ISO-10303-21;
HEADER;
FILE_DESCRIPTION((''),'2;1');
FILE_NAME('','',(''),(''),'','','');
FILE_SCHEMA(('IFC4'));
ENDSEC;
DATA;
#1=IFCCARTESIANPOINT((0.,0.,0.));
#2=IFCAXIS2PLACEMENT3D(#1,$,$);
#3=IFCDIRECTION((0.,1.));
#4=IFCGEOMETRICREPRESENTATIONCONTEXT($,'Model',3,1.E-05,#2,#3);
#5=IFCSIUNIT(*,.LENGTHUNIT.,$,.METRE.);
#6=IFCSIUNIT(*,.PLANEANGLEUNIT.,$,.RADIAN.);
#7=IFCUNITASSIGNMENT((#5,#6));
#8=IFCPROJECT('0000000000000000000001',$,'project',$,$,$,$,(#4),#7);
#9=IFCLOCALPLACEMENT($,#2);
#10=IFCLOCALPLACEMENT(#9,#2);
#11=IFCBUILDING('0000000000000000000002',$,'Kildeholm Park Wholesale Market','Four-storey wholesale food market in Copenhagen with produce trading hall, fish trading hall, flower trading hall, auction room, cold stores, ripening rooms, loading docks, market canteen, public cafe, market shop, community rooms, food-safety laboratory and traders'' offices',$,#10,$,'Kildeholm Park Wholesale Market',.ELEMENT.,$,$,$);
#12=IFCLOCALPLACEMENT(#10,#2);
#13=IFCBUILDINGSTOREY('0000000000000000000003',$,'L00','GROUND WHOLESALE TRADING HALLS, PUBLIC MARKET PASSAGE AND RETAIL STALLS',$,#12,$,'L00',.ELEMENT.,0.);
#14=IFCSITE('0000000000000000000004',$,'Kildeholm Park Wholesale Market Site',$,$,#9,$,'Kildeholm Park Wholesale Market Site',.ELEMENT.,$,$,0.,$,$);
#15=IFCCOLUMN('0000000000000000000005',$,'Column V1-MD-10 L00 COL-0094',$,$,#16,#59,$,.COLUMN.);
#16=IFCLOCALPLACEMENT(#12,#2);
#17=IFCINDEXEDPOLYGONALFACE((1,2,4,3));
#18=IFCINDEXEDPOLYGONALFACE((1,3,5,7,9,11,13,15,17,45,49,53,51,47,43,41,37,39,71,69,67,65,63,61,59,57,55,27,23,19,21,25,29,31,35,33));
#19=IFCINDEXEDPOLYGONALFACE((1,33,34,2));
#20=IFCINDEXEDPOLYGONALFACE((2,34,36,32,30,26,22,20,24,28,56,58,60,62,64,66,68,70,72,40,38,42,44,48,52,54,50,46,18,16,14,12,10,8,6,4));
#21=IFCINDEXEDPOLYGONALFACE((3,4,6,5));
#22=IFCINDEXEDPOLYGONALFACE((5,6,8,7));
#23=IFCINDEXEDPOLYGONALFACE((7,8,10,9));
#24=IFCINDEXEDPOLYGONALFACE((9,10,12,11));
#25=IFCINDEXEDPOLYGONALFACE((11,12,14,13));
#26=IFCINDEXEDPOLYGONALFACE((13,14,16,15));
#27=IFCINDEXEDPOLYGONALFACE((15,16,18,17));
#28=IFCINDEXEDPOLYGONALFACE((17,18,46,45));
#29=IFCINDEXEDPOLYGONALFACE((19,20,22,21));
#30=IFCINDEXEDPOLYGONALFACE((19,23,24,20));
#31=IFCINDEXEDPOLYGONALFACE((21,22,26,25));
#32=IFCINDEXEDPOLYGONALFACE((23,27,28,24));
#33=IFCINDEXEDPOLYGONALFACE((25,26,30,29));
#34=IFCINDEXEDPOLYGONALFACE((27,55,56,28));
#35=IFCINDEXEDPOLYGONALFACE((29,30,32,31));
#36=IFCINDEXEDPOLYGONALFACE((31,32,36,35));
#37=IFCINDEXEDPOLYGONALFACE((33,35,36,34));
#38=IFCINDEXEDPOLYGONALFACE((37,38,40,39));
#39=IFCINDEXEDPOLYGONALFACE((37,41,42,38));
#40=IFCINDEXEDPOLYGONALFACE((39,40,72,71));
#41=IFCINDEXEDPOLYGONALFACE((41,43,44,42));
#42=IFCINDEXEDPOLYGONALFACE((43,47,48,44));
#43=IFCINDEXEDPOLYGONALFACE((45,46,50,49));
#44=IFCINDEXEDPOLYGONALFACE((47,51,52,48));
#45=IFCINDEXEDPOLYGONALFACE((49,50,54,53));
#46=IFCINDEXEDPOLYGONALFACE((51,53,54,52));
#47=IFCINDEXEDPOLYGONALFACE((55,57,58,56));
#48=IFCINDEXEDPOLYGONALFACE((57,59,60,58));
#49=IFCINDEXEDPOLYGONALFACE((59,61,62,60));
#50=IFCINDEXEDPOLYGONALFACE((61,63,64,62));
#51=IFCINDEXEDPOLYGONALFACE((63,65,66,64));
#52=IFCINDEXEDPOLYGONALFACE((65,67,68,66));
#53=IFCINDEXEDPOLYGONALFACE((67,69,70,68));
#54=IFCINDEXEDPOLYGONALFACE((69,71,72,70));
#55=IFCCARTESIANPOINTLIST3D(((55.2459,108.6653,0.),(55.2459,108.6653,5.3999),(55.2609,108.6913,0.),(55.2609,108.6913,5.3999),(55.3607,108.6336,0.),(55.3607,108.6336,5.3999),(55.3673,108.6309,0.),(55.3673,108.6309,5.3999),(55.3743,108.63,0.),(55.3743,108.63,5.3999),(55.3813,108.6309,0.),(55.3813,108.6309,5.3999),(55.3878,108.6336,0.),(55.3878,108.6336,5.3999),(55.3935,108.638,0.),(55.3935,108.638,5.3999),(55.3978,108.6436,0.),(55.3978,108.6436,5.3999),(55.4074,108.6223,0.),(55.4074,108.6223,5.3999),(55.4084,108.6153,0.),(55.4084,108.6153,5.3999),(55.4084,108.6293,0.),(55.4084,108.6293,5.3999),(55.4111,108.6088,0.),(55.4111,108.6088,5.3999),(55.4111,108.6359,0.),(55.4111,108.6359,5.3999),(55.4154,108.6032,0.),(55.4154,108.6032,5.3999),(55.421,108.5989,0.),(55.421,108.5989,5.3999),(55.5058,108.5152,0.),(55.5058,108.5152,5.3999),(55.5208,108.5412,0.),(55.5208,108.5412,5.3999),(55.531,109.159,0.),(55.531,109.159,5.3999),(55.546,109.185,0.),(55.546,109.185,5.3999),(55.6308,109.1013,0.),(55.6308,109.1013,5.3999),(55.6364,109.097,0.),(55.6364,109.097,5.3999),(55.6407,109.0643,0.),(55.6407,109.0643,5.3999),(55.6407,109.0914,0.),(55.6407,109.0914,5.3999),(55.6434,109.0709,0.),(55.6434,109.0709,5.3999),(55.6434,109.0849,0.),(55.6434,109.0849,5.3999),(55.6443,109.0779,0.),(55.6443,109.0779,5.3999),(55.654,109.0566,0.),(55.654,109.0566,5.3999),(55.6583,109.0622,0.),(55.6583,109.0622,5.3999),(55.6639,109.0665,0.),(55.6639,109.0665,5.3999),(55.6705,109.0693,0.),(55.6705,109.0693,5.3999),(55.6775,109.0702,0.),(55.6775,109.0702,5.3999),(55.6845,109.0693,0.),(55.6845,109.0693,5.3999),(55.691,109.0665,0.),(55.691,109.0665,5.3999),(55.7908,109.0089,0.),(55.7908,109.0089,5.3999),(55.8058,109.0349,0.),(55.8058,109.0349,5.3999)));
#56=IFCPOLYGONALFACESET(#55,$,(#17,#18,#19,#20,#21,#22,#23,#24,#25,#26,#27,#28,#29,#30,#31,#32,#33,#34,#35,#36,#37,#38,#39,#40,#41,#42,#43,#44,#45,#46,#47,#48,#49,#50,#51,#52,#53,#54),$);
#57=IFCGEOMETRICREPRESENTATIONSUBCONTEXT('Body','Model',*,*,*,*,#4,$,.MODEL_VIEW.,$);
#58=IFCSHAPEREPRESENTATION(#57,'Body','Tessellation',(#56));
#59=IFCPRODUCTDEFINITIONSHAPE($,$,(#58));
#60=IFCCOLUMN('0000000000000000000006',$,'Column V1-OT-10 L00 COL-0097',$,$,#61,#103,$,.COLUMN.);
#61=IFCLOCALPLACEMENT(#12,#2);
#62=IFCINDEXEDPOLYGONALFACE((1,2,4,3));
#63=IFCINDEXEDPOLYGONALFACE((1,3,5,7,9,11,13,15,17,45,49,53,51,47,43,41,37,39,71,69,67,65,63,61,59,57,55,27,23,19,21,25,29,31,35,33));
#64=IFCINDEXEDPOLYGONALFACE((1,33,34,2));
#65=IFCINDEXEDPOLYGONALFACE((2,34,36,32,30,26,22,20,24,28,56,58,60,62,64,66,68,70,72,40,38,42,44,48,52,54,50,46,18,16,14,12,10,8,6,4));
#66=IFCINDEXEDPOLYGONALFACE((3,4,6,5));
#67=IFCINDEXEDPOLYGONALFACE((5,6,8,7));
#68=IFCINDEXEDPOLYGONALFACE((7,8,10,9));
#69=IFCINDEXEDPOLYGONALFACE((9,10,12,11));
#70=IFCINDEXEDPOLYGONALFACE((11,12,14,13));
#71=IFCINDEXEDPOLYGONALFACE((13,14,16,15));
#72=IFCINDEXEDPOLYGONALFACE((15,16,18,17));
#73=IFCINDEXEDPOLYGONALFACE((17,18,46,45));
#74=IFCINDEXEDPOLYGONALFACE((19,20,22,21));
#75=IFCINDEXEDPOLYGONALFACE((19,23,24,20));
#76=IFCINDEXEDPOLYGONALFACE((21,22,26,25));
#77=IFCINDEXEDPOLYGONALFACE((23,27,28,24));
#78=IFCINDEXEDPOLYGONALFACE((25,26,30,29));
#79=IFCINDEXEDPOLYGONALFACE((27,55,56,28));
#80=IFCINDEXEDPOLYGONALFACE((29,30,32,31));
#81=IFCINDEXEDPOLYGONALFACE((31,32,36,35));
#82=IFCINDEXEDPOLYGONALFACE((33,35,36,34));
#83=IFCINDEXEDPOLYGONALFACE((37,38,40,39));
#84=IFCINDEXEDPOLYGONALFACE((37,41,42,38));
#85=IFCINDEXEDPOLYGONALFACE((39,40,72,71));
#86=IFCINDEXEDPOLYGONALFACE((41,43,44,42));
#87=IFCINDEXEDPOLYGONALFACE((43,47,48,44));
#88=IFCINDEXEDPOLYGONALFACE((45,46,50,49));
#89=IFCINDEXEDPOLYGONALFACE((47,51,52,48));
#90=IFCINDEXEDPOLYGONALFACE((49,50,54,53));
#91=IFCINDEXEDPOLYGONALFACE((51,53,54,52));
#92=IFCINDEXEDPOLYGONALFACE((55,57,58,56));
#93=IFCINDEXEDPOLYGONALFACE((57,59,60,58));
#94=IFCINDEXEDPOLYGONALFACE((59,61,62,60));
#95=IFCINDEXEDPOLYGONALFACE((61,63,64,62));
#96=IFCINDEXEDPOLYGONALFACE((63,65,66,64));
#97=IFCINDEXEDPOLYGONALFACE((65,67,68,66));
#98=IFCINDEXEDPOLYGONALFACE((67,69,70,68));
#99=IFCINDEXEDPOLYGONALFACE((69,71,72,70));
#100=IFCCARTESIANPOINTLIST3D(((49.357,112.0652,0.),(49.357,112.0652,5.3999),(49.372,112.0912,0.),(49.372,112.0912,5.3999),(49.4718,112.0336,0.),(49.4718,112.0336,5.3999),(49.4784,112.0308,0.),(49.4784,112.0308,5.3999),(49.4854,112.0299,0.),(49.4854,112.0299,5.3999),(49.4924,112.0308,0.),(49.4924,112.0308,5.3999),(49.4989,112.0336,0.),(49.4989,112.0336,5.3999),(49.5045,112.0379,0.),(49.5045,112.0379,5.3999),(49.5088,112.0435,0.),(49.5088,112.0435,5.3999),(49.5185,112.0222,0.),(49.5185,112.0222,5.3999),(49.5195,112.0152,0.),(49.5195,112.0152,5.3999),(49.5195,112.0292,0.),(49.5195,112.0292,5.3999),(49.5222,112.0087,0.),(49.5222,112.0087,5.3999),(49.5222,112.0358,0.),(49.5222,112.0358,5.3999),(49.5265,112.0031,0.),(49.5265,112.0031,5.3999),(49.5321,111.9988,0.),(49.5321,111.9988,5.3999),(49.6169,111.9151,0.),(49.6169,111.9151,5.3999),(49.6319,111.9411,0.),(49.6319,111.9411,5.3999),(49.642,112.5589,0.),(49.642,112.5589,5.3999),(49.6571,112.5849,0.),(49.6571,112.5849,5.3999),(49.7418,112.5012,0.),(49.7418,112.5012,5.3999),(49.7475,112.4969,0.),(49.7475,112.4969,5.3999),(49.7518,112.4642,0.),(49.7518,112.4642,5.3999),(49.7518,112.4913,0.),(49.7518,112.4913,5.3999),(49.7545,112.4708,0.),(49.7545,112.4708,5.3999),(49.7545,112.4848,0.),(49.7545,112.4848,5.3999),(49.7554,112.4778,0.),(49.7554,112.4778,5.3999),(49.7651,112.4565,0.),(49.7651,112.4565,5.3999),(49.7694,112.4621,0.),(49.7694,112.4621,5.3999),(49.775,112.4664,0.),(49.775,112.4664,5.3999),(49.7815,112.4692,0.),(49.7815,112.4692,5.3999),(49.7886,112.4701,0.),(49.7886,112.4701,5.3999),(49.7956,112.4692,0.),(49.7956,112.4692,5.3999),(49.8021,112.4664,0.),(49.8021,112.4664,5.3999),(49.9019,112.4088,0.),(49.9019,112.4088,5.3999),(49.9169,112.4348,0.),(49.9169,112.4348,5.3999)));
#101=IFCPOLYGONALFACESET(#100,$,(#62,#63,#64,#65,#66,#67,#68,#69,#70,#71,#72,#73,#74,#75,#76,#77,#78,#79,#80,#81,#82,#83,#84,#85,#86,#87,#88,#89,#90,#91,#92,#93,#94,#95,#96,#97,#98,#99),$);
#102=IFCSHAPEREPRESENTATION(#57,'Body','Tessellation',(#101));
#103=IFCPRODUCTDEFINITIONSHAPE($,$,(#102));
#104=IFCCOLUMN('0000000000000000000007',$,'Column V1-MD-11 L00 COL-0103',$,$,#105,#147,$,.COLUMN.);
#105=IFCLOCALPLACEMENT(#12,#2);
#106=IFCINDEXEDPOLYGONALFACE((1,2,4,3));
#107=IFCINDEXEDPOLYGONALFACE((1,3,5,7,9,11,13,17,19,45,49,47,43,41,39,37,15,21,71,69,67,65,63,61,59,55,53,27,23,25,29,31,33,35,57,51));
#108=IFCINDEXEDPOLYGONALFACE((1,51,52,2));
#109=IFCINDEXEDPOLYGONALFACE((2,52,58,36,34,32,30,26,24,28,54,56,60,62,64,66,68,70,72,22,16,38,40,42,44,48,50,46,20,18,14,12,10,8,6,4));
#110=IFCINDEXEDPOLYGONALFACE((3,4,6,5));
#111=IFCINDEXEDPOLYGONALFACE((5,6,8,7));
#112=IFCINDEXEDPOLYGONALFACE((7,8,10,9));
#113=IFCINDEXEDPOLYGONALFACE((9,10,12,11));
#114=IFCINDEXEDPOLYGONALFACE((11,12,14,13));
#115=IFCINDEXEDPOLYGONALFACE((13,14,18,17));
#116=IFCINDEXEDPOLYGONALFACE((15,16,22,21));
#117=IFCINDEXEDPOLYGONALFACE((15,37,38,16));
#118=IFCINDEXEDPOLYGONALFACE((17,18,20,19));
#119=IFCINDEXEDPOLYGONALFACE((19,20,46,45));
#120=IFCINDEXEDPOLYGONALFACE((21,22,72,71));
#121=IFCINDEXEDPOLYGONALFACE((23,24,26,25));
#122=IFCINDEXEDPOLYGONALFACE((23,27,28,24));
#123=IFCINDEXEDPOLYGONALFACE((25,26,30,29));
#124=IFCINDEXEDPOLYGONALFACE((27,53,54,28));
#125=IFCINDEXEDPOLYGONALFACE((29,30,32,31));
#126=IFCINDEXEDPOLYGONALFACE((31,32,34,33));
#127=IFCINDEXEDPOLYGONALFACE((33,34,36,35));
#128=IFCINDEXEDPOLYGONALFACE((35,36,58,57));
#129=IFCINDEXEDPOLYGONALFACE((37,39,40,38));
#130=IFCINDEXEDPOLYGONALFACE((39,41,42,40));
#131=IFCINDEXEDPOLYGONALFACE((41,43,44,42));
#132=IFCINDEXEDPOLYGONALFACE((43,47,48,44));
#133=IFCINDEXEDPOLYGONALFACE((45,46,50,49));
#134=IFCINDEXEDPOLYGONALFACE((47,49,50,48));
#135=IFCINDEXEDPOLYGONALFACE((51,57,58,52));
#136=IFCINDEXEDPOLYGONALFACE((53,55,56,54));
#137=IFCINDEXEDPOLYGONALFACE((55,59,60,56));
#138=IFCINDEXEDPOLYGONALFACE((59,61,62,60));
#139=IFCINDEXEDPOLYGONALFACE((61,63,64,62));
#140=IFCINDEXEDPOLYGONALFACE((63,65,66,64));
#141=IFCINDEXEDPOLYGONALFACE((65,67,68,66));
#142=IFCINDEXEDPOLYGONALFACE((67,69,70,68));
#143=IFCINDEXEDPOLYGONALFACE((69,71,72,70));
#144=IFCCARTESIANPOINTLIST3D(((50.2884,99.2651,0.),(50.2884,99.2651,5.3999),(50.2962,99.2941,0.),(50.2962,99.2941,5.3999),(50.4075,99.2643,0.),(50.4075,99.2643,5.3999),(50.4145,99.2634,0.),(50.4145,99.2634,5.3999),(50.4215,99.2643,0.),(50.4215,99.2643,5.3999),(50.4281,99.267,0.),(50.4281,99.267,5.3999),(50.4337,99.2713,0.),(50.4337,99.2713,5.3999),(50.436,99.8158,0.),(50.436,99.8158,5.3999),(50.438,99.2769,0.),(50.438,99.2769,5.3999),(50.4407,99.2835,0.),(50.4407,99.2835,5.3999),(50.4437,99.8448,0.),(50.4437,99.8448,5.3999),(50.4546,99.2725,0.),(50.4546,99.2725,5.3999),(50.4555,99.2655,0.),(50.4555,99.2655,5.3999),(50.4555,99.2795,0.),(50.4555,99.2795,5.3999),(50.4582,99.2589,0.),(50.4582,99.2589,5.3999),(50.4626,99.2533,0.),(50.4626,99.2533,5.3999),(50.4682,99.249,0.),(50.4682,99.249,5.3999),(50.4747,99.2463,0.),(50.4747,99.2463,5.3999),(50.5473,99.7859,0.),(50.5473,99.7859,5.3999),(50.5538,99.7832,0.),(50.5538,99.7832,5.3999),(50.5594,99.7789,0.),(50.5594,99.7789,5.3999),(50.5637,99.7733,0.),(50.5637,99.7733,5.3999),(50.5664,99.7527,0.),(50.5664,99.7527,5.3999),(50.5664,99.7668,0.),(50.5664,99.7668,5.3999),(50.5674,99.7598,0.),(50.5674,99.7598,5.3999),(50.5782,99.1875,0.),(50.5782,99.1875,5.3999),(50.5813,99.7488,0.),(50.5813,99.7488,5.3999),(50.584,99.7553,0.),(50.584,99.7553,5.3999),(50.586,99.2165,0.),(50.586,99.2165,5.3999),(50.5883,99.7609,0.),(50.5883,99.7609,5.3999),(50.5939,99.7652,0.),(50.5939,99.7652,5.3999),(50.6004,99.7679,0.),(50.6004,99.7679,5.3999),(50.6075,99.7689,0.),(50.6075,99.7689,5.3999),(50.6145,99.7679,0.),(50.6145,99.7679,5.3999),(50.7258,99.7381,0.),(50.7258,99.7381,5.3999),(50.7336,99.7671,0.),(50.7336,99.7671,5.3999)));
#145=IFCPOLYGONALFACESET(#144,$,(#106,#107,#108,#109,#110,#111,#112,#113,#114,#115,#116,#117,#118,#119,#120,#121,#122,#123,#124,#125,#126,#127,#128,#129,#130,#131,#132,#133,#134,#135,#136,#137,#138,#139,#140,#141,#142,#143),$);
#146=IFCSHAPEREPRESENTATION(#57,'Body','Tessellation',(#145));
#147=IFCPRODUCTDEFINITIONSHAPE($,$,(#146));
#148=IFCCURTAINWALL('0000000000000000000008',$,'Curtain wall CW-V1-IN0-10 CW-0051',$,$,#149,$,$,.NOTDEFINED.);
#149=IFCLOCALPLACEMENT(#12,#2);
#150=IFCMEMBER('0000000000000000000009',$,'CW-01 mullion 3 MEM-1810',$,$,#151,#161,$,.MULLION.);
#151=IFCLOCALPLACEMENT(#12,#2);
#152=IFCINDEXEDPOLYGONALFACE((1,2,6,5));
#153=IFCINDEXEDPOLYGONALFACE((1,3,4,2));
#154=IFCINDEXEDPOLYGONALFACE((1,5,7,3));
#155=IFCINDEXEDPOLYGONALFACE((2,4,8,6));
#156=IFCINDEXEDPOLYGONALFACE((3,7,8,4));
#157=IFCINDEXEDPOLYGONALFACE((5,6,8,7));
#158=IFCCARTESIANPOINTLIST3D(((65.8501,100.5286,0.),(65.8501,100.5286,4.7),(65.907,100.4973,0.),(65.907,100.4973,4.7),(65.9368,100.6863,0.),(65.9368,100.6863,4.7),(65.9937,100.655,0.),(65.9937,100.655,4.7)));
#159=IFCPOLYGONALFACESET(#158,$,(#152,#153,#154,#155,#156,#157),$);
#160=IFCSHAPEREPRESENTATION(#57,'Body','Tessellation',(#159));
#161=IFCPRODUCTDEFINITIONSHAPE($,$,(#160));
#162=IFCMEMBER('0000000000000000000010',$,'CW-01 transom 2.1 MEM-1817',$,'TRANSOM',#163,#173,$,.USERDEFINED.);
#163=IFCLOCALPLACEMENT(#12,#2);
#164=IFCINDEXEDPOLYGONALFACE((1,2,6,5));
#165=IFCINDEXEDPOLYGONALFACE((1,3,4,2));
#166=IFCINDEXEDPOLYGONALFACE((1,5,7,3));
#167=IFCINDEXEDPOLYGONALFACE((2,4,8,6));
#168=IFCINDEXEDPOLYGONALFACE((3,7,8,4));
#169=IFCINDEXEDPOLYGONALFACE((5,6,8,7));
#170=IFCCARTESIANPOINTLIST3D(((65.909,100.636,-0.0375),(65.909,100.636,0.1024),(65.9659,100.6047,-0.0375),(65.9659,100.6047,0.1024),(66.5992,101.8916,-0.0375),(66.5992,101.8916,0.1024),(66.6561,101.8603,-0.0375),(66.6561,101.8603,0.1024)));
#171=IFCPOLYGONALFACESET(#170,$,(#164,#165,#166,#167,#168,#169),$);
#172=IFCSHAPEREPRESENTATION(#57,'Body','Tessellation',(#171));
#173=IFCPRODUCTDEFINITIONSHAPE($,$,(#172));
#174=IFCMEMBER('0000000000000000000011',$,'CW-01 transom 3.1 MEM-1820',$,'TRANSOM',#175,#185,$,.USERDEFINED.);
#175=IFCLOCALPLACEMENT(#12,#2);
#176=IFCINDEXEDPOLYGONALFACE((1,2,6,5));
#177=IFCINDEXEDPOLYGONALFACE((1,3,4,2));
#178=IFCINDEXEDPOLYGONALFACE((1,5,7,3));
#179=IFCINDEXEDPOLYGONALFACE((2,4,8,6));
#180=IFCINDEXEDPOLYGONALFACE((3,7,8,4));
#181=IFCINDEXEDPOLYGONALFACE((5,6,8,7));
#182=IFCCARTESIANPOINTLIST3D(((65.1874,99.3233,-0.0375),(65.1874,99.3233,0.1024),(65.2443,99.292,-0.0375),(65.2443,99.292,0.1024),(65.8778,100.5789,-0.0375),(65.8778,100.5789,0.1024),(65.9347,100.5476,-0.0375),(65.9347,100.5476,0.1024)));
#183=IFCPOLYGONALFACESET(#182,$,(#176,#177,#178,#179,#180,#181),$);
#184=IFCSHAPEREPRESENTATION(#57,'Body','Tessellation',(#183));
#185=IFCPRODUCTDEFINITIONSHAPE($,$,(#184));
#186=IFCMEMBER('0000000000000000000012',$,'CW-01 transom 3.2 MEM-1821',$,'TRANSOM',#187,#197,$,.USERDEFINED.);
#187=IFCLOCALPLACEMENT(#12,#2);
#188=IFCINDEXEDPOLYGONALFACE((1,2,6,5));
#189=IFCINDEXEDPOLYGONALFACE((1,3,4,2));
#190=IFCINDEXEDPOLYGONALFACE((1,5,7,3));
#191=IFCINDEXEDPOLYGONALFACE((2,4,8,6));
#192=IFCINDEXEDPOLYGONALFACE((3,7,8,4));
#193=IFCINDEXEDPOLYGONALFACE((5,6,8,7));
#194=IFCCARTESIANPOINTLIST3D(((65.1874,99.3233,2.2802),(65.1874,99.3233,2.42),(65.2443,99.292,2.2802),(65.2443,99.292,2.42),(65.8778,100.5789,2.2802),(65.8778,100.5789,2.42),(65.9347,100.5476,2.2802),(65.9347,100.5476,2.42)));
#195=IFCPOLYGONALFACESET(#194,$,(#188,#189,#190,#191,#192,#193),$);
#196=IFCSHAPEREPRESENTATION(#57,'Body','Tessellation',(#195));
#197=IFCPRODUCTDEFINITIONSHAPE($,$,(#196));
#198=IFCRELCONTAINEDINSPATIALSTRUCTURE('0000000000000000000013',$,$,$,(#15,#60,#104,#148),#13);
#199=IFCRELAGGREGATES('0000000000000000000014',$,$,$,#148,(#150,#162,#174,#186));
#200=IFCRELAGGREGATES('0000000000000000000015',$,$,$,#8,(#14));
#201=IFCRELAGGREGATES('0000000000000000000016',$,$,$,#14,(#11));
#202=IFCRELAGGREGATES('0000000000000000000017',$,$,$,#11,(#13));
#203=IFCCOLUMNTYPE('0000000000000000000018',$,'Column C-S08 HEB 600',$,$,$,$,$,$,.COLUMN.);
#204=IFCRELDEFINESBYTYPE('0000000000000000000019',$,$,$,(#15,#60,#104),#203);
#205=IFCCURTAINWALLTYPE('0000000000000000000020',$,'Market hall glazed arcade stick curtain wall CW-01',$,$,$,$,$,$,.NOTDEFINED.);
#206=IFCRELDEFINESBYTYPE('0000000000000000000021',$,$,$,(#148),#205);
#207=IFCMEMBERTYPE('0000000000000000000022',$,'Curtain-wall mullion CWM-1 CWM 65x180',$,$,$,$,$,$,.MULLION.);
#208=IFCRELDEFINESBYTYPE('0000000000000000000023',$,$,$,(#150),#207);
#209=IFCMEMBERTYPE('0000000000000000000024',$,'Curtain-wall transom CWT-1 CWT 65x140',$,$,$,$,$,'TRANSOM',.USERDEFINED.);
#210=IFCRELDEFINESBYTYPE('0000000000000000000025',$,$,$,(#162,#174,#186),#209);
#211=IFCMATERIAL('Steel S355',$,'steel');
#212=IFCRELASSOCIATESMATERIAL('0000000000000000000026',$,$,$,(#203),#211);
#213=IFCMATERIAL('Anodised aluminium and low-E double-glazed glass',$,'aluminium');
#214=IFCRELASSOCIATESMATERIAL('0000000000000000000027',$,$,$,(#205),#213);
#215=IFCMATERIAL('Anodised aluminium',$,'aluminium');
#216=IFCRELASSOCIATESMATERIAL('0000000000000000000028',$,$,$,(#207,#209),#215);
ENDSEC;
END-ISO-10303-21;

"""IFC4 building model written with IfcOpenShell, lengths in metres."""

from ifc_helpers import new_model, si_unit, direction, frame, origin, origin_2d, place, context, subcontext, project, spatial, rectangle, i_section, extrude, material, material_profile, profile_set, type_object, element, aggregate, save


model = new_model("IFC4")

# Units and contexts
model_context = context("Model", 3, precision=1e-05, world=origin(), true_north=direction((0.0, 1.0)))
body_context = subcontext(model_context, "Body", "Model", "MODEL_VIEW")
ifc_project = project(units=[si_unit("LENGTHUNIT", "METRE"), si_unit("PLANEANGLEUNIT", "RADIAN")], contexts=[model_context])

# Site, building, storey
site_placement = place(None, origin())
site = spatial("IfcSite", under=ifc_project, at=site_placement, Name="Kildeholm Park Wholesale Market Site", LongName="Kildeholm Park Wholesale Market Site", CompositionType="ELEMENT", RefElevation=0.0)
building_placement = place(site_placement, origin())
building = spatial("IfcBuilding", under=site, at=building_placement, Name="Kildeholm Park Wholesale Market", Description="Four-storey wholesale food market in Copenhagen with produce trading hall, fish trading hall, flower trading hall, auction room, cold stores, ripening rooms, loading docks, market canteen, public cafe, market shop, community rooms, food-safety laboratory and traders' offices", LongName="Kildeholm Park Wholesale Market", CompositionType="ELEMENT")
storey_placement = place(building_placement, origin())
storey = spatial("IfcBuildingStorey", under=building, at=storey_placement, Name="L00", Description="GROUND WHOLESALE TRADING HALLS, PUBLIC MARKET PASSAGE AND RETAIL STALLS", LongName="L00", CompositionType="ELEMENT", Elevation=0.0)

# Columns
ifc_material_1 = material(Name="Steel S355", Category="steel")
ifc_material_profile_1 = material_profile(ifc_material_1, i_section(OverallWidth=0.3, OverallDepth=0.6001, WebThickness=0.0154, FlangeThickness=0.03, FilletRadius=0.0271, at=origin_2d()), Name="HEB 600")
ifc_profile_set_1 = profile_set([ifc_material_profile_1], Name="Steel S355")
column_type = type_object("IfcColumnType", Name="Column C-S08 HEB 600", PredefinedType="COLUMN", material=ifc_profile_set_1)
for number, where, z_axis, x_axis, name in (
    (1, (55.5259, 108.8501, 0.0), (0.0, 0.0, 1.0), (-0.866025, 0.5, 0.0), "Column V1-MD-10 L00 COL-0094"),
    (2, (49.637, 112.25, 0.0), (0.0, 0.0, 1.0), (-0.866025, 0.5, 0.0), "Column V1-OT-10 L00 COL-0097"),
    (3, (50.511, 99.5161, 0.0), (0.0, 0.0, 1.0), (-0.965926, 0.258819, 0.0), "Column V1-MD-11 L00 COL-0103"),
):
    element("IfcColumn", number, at=place(storey_placement, frame(where, z_axis=z_axis, x_axis=x_axis)), inside=storey, type_object=column_type, Name=name, PredefinedType="COLUMN", context=body_context, shape_type="SweptSolid", body=[
        extrude(i_section(OverallWidth=0.3, OverallDepth=0.6001, WebThickness=0.0154, FlangeThickness=0.03, FilletRadius=0.0271, at=origin_2d()), origin(), (0.0, 0.0, 1.0), 5.3999),
    ])

# Curtain wall, members
ifc_material_2 = material(Name="Anodised aluminium and low-E double-glazed glass", Category="aluminium")
curtain_wall_type = type_object("IfcCurtainWallType", Name="Market hall glazed arcade stick curtain wall CW-01", PredefinedType="NOTDEFINED", material=ifc_material_2)
curtain_wall_placement = place(storey_placement, origin())
curtain_wall = element("IfcCurtainWall", 4, at=curtain_wall_placement, inside=storey, type_object=curtain_wall_type, Name="Curtain wall CW-V1-IN0-10 CW-0051", PredefinedType="NOTDEFINED")
ifc_material_3 = material(Name="Anodised aluminium", Category="aluminium")
ifc_material_profile_2 = material_profile(ifc_material_3, rectangle(XDim=0.0649, YDim=0.1799, at=origin_2d()), Name="CWM 65x180")
ifc_profile_set_2 = profile_set([ifc_material_profile_2], Name="Anodised aluminium")
member_type_1 = type_object("IfcMemberType", Name="Curtain-wall mullion CWM-1 CWM 65x180", PredefinedType="MULLION", material=ifc_profile_set_2)
member_1_placement = place(storey_placement, frame((65.9219, 100.5918, 0.0), z_axis=(0.0, 0.0, 1.0), x_axis=(0.876309, -0.48175, 0.0)))
member_1 = element("IfcMember", 5, at=member_1_placement, type_object=member_type_1, Name="CW-01 mullion 3 MEM-1810", PredefinedType="MULLION", context=body_context, shape_type="SweptSolid", body=[
    extrude(rectangle(XDim=0.0649, YDim=0.1799, at=origin_2d()), origin(), (0.0, 0.0, 1.0), 4.7),
])
ifc_material_profile_3 = material_profile(ifc_material_3, rectangle(XDim=0.0649, YDim=0.1399, at=origin_2d()), Name="CWT 65x140")
ifc_profile_set_3 = profile_set([ifc_material_profile_3], Name="Anodised aluminium")
member_type_2 = type_object("IfcMemberType", Name="Curtain-wall transom CWT-1 CWT 65x140", ElementType="TRANSOM", PredefinedType="USERDEFINED", material=ifc_profile_set_3)
member_2_placement = place(storey_placement, frame((66.6277, 101.876, 0.0325), z_axis=(-0.481703, -0.876335, 0.0), x_axis=(0.876335, -0.481703, 0.0)))
member_2 = element("IfcMember", 6, at=member_2_placement, type_object=member_type_2, Name="CW-01 transom 2.1 MEM-1817", ObjectType="TRANSOM", PredefinedType="USERDEFINED", context=body_context, shape_type="SweptSolid", body=[
    extrude(rectangle(XDim=0.0649, YDim=0.1399, at=origin_2d()), origin(), (0.0, 0.0, 1.0), 1.4329),
])
member_3_placement = place(storey_placement, frame((65.9062, 100.5632, 0.0325), z_axis=(-0.481834, -0.876263, 0.0), x_axis=(0.876263, -0.481834, 0.0)))
member_3 = element("IfcMember", 7, at=member_3_placement, type_object=member_type_2, Name="CW-01 transom 3.1 MEM-1820", ObjectType="TRANSOM", PredefinedType="USERDEFINED", context=body_context, shape_type="SweptSolid", body=[
    extrude(rectangle(XDim=0.0649, YDim=0.1399, at=origin_2d()), origin(), (0.0, 0.0, 1.0), 1.4329),
])
member_4_placement = place(storey_placement, frame((65.9062, 100.5632, 2.3501), z_axis=(-0.481834, -0.876263, 0.0), x_axis=(0.876263, -0.481834, 0.0)))
member_4 = element("IfcMember", 8, at=member_4_placement, type_object=member_type_2, Name="CW-01 transom 3.2 MEM-1821", ObjectType="TRANSOM", PredefinedType="USERDEFINED", context=body_context, shape_type="SweptSolid", body=[
    extrude(rectangle(XDim=0.0649, YDim=0.1399, at=origin_2d()), origin(), (0.0, 0.0, 1.0), 1.4329),
])
aggregate(curtain_wall, [member_1, member_2, member_3, member_4])

save(model, "model.ifc")
